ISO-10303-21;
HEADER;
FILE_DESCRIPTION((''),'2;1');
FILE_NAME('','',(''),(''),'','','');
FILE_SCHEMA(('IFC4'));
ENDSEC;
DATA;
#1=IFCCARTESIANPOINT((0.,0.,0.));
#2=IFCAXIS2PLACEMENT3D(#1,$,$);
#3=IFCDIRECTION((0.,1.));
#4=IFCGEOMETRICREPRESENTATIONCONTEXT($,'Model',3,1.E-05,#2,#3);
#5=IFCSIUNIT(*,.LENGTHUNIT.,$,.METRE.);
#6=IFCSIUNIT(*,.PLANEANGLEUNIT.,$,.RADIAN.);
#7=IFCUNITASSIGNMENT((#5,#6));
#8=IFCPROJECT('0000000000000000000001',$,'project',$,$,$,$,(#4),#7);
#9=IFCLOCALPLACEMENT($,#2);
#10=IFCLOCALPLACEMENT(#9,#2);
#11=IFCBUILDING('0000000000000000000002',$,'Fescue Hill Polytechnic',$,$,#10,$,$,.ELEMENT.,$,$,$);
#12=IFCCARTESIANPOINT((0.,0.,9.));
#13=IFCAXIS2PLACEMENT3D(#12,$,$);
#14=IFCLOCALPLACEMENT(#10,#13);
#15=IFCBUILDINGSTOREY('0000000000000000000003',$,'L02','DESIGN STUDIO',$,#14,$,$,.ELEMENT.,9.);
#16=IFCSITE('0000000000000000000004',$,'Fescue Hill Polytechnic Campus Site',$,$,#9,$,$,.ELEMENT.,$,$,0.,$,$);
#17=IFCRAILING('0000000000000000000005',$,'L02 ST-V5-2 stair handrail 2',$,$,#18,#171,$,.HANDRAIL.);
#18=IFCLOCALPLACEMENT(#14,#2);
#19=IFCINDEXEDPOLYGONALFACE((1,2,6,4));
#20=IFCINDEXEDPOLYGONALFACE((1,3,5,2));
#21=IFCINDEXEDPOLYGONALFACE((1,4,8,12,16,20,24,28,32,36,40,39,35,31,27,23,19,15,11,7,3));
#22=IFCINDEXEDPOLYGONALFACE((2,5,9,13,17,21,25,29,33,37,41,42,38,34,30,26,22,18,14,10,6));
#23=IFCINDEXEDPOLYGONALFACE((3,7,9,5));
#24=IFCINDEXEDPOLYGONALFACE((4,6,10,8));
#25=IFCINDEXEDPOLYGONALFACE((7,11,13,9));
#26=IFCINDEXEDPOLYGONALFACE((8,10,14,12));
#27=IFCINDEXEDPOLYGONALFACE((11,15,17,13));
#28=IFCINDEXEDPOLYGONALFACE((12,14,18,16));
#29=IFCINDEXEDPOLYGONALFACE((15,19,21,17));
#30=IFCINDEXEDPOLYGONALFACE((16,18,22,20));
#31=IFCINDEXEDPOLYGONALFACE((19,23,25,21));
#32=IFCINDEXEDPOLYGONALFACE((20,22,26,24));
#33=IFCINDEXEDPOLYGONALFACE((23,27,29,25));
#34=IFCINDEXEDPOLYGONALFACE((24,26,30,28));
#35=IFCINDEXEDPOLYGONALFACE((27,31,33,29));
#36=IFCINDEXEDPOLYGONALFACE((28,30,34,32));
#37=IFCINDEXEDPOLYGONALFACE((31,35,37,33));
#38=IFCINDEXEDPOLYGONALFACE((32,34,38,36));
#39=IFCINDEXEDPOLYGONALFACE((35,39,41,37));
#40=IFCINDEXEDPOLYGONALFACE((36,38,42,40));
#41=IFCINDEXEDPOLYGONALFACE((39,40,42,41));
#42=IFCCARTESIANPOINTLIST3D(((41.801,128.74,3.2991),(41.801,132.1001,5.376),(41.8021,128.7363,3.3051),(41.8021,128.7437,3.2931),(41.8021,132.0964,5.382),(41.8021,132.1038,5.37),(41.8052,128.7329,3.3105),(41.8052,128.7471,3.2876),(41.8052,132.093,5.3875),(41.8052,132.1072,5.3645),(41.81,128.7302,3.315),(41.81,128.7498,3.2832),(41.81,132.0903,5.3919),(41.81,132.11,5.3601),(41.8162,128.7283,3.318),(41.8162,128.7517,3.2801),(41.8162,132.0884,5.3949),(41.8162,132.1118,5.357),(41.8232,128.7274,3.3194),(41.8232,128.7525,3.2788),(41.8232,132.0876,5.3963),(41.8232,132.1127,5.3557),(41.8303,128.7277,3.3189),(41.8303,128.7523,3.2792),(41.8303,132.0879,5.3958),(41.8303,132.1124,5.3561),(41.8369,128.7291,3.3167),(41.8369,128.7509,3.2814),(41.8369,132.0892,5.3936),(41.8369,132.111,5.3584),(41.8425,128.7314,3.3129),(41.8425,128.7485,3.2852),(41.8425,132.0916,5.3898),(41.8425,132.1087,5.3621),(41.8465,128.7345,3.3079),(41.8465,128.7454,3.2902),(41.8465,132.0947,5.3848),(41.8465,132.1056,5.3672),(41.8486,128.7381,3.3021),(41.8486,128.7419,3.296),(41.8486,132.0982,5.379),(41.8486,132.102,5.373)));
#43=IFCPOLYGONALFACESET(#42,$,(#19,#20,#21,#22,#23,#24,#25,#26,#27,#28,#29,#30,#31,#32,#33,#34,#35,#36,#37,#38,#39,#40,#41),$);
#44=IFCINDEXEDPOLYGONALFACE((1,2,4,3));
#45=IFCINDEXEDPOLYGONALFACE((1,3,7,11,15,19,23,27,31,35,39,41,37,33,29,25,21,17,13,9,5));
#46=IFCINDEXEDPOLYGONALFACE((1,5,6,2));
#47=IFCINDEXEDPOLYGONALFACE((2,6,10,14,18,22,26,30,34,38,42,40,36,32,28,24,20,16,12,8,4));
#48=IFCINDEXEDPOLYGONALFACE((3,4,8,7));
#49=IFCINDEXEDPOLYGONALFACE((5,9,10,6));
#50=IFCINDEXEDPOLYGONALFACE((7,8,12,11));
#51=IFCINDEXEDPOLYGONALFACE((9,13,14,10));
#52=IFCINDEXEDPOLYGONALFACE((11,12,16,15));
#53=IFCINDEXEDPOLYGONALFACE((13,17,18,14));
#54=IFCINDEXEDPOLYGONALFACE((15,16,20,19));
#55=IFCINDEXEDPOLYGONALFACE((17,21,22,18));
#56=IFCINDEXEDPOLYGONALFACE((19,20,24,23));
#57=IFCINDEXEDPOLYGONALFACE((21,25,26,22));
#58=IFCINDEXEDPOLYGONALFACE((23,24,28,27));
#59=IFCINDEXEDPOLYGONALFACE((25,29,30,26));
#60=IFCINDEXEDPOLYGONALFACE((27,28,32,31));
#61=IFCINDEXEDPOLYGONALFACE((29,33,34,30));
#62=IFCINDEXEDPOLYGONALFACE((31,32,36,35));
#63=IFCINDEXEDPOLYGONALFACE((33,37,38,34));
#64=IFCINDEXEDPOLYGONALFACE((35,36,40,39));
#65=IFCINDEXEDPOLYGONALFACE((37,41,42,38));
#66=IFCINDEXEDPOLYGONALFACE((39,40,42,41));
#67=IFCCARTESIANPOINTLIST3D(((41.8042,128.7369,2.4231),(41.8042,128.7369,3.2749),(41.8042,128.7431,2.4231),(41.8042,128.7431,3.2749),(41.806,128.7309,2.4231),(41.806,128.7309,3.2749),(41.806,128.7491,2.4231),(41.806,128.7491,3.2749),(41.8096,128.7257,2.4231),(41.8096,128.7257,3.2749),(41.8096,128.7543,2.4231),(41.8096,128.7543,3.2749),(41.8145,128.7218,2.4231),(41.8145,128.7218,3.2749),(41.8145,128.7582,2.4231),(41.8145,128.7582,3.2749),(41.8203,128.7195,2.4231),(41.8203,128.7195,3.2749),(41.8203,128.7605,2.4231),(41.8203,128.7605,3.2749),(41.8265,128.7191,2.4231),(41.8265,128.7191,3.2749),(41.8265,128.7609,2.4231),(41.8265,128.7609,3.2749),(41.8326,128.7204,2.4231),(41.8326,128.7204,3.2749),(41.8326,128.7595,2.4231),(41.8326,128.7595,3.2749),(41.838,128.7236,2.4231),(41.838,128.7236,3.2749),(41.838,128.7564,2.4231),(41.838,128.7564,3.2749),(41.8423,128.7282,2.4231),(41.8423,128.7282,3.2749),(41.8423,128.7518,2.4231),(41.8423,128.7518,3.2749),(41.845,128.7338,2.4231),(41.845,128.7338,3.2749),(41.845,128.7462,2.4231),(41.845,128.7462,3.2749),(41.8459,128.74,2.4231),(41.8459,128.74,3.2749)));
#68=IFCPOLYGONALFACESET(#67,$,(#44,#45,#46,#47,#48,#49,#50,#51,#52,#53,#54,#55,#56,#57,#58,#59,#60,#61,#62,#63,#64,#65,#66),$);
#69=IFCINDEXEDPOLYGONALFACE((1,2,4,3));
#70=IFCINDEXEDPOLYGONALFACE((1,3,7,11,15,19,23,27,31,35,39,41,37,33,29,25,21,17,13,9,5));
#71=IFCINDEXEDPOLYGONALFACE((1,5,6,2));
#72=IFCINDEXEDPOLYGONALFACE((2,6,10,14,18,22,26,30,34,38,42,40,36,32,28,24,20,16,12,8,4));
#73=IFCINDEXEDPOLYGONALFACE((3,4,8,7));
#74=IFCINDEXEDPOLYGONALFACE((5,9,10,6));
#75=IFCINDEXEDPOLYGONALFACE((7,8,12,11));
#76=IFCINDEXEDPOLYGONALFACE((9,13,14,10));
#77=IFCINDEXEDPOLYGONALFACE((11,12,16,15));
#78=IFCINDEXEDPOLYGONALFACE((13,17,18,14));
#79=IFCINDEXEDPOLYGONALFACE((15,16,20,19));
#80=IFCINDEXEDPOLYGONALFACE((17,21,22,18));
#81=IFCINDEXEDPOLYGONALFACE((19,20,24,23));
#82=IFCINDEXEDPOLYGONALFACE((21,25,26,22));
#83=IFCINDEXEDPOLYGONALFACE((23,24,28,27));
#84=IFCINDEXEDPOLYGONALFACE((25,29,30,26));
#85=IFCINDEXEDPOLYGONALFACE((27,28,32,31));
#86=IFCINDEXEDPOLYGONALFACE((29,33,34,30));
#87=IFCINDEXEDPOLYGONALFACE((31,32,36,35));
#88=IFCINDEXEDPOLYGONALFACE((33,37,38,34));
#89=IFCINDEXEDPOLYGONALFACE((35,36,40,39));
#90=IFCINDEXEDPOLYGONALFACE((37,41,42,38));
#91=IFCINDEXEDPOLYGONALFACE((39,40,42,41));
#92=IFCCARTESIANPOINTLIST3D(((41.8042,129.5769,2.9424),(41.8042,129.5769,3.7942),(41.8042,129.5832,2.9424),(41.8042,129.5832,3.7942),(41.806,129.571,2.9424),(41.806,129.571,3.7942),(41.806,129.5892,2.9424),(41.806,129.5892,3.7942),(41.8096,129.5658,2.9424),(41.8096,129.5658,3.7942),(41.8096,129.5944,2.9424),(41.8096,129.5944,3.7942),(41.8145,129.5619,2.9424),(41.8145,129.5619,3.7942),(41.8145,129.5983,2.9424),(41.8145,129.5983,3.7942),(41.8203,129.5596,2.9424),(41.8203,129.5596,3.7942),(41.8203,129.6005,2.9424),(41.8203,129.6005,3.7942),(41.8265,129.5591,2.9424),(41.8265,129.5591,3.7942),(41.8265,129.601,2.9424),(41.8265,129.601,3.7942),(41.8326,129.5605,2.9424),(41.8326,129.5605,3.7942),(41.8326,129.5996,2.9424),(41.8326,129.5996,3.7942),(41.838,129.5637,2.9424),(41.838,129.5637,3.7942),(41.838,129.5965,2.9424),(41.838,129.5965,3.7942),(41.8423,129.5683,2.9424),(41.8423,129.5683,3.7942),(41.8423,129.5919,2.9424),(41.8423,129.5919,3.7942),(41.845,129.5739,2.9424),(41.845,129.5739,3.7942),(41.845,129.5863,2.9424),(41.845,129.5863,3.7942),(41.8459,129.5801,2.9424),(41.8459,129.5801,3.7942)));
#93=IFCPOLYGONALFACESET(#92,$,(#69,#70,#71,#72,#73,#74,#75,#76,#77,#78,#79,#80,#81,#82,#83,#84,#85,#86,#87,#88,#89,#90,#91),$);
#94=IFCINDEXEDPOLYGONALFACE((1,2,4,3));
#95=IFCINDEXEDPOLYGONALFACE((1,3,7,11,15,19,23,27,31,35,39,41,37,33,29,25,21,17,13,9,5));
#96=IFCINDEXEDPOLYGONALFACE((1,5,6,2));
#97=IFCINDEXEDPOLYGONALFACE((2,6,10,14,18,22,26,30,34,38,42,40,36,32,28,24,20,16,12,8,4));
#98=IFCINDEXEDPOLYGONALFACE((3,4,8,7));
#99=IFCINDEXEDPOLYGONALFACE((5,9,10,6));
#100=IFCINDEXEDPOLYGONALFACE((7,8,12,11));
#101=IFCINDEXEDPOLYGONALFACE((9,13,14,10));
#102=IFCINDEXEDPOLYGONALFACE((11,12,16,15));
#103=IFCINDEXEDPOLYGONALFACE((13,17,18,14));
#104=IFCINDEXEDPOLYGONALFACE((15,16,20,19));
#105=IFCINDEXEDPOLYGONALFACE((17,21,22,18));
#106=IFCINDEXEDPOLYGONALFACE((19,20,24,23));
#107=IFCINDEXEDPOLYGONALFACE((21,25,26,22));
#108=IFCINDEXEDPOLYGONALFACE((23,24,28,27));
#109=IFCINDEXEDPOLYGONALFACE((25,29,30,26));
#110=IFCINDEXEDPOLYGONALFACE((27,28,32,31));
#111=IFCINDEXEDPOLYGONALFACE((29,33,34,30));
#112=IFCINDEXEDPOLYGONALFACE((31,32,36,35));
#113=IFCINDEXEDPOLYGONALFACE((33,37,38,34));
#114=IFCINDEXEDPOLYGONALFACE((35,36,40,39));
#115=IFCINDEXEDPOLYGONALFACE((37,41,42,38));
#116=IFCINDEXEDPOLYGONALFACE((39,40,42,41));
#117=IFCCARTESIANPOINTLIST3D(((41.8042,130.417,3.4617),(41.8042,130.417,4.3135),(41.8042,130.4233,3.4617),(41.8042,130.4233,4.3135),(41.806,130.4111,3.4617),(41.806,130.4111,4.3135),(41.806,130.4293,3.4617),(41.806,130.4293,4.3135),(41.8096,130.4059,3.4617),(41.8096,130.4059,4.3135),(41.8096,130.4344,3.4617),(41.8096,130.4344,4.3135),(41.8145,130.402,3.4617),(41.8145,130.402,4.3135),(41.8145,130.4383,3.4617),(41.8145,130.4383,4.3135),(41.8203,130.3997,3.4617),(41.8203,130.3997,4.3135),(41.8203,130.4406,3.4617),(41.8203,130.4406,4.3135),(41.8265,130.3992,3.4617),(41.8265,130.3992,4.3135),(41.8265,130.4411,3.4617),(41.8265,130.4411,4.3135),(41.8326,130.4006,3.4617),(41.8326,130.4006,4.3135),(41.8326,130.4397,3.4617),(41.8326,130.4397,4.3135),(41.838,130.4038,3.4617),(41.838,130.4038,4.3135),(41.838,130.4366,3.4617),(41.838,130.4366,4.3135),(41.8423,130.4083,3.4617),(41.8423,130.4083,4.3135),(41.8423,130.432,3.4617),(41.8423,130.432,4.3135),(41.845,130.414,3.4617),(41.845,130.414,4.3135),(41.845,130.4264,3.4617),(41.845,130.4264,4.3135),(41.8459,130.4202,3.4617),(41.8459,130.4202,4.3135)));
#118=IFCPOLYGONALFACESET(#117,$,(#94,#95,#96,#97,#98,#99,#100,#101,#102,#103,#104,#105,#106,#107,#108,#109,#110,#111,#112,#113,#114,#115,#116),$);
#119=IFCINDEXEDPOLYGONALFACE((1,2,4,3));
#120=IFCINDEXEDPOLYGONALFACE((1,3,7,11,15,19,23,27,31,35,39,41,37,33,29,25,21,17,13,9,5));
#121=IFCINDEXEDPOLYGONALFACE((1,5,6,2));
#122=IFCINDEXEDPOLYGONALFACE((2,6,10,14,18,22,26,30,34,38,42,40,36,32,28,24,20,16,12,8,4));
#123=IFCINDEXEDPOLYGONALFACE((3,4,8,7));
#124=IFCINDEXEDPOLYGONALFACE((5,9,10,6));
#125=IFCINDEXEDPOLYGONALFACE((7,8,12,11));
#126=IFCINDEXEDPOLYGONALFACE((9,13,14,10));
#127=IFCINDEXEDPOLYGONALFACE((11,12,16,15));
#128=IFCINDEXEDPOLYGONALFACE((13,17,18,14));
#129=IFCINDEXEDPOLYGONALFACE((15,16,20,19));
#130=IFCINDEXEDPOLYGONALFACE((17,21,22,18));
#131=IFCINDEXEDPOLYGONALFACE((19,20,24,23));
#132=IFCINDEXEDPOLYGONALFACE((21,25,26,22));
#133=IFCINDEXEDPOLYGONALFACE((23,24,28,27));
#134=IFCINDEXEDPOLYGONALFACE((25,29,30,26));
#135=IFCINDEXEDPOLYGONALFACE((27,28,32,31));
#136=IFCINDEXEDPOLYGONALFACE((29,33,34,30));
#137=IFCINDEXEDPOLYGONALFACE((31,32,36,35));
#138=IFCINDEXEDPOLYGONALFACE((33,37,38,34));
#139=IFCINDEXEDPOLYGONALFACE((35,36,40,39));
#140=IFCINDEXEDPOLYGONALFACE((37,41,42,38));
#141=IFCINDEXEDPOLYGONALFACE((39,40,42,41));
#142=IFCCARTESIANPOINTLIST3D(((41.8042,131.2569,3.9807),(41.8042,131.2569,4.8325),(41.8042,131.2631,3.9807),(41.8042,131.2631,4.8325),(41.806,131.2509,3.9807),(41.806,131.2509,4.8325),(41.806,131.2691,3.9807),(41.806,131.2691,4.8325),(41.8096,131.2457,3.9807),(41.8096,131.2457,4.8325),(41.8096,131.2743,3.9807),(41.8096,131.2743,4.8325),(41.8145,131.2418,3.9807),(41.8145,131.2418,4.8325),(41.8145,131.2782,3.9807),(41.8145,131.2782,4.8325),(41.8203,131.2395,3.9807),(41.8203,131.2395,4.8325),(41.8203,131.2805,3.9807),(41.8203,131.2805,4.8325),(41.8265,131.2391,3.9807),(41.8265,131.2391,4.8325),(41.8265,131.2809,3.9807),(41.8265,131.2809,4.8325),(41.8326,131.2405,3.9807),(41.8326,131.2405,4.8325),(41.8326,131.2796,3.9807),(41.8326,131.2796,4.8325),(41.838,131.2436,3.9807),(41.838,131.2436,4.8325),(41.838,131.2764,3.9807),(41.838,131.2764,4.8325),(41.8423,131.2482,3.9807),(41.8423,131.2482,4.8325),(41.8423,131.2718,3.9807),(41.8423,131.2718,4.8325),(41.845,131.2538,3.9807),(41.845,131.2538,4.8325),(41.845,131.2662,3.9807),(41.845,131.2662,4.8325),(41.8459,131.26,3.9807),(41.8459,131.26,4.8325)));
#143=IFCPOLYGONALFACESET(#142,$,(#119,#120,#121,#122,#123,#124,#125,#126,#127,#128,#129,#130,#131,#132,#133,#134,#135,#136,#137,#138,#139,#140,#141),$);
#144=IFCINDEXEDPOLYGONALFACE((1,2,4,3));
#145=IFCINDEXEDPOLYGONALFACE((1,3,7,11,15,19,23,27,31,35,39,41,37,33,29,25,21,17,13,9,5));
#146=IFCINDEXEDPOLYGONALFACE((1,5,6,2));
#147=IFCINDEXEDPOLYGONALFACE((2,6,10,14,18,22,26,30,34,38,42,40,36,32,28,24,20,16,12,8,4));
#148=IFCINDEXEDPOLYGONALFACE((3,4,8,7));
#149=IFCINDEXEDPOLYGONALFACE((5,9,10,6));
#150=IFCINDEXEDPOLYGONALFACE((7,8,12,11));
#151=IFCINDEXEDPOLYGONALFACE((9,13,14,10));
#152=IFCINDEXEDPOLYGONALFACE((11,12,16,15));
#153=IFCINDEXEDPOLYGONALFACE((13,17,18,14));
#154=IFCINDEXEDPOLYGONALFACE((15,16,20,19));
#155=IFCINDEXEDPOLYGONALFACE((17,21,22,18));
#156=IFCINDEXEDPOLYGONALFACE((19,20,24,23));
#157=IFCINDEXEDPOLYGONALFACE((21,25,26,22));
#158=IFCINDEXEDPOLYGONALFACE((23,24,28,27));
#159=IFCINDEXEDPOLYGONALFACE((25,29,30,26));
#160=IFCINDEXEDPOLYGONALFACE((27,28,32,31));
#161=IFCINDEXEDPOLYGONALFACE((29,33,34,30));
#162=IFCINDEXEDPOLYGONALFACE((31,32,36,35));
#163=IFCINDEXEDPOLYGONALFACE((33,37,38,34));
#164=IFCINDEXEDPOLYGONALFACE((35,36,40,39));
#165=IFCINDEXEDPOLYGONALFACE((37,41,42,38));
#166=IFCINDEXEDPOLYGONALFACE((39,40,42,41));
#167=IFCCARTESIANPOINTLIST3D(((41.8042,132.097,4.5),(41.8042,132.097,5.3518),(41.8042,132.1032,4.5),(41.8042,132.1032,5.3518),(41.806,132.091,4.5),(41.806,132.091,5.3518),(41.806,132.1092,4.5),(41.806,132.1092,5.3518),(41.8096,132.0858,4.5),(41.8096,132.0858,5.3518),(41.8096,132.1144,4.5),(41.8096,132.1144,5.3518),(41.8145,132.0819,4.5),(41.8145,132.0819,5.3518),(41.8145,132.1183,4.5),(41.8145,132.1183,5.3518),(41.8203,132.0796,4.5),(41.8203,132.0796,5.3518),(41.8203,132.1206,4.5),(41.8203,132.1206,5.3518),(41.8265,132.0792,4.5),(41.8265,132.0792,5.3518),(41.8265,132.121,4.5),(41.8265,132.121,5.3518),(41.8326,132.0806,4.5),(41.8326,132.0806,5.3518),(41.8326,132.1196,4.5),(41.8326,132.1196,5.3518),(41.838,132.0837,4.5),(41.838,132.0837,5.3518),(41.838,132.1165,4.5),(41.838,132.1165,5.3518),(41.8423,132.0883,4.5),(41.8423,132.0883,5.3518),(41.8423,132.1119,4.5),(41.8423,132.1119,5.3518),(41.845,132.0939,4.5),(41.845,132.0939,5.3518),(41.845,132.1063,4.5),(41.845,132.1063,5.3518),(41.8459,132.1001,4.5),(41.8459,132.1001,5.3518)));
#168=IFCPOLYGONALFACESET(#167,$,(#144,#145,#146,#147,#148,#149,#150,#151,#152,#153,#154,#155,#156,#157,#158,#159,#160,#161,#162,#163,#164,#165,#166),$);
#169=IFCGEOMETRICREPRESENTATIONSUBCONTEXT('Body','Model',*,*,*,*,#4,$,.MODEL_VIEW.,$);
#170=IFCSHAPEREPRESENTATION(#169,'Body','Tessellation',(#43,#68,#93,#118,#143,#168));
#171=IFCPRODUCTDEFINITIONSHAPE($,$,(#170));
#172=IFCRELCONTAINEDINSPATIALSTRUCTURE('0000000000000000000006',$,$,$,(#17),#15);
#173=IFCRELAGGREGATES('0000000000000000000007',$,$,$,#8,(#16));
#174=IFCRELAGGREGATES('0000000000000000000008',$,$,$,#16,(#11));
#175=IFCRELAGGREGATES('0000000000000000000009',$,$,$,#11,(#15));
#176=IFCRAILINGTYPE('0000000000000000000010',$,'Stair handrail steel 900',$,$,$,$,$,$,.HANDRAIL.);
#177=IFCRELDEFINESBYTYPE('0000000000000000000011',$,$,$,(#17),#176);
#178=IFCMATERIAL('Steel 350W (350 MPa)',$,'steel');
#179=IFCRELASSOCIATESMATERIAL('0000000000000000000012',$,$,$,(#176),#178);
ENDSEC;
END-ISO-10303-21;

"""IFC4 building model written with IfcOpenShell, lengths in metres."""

from ifc_helpers import new_model, si_unit, direction, frame, origin, origin_2d, place, context, subcontext, project, spatial, circle, extrude, material, type_object, element, save


model = new_model("IFC4")

# Units and contexts
model_context = context("Model", 3, precision=1e-05, world=origin(), true_north=direction((0.0, 1.0)))
body_context = subcontext(model_context, "Body", "Model", "MODEL_VIEW")
ifc_project = project(units=[si_unit("LENGTHUNIT", "METRE"), si_unit("PLANEANGLEUNIT", "RADIAN")], contexts=[model_context])

# Site, building, storey
site_placement = place(None, origin())
site = spatial("IfcSite", under=ifc_project, at=site_placement, Name="Fescue Hill Polytechnic Campus Site", CompositionType="ELEMENT", RefElevation=0.0)
building_placement = place(site_placement, origin())
building = spatial("IfcBuilding", under=site, at=building_placement, Name="Fescue Hill Polytechnic", CompositionType="ELEMENT")
storey_placement = place(building_placement, frame((0.0, 0.0, 9.0)))
storey = spatial("IfcBuildingStorey", under=building, at=storey_placement, Name="L02", Description="DESIGN STUDIO", CompositionType="ELEMENT", Elevation=9.0)

# Railing
ifc_material_1 = material(Name="Steel 350W (350 MPa)", Category="steel")
railing_type_1 = type_object("IfcRailingType", Name="Stair handrail steel 900", PredefinedType="HANDRAIL", material=ifc_material_1)
railing_1_placement = place(storey_placement, frame((41.825, 128.74, 2.4231)))
element("IfcRailing", 1, at=railing_1_placement, inside=storey, type_object=railing_type_1, Name="L02 ST-V5-2 stair handrail 2", PredefinedType="HANDRAIL", context=body_context, shape_type="SweptSolid", body=[
    extrude(circle(Radius=0.0239, at=origin_2d()), frame((0.0, 0.0, 0.876), z_axis=(0.0, 0.850623, 0.525776), x_axis=(-1.0, 0.0, 0.0)), (0.0, 0.0, 1.0), 3.9502),
    extrude(circle(Radius=0.021, at=origin_2d()), origin(), (0.0, 0.0, 1.0), 0.8518),
    extrude(circle(Radius=0.021, at=origin_2d()), frame((0.0, 0.8401, 0.5193)), (0.0, 0.0, 1.0), 0.8518),
    extrude(circle(Radius=0.021, at=origin_2d()), frame((0.0, 1.6802, 1.0386)), (0.0, 0.0, 1.0), 0.8518),
    extrude(circle(Radius=0.021, at=origin_2d()), frame((0.0, 2.52, 1.5576)), (0.0, 0.0, 1.0), 0.8518),
    extrude(circle(Radius=0.021, at=origin_2d()), frame((0.0, 3.3601, 2.0769)), (0.0, 0.0, 1.0), 0.8518),
])

save(model, "model.ifc")
